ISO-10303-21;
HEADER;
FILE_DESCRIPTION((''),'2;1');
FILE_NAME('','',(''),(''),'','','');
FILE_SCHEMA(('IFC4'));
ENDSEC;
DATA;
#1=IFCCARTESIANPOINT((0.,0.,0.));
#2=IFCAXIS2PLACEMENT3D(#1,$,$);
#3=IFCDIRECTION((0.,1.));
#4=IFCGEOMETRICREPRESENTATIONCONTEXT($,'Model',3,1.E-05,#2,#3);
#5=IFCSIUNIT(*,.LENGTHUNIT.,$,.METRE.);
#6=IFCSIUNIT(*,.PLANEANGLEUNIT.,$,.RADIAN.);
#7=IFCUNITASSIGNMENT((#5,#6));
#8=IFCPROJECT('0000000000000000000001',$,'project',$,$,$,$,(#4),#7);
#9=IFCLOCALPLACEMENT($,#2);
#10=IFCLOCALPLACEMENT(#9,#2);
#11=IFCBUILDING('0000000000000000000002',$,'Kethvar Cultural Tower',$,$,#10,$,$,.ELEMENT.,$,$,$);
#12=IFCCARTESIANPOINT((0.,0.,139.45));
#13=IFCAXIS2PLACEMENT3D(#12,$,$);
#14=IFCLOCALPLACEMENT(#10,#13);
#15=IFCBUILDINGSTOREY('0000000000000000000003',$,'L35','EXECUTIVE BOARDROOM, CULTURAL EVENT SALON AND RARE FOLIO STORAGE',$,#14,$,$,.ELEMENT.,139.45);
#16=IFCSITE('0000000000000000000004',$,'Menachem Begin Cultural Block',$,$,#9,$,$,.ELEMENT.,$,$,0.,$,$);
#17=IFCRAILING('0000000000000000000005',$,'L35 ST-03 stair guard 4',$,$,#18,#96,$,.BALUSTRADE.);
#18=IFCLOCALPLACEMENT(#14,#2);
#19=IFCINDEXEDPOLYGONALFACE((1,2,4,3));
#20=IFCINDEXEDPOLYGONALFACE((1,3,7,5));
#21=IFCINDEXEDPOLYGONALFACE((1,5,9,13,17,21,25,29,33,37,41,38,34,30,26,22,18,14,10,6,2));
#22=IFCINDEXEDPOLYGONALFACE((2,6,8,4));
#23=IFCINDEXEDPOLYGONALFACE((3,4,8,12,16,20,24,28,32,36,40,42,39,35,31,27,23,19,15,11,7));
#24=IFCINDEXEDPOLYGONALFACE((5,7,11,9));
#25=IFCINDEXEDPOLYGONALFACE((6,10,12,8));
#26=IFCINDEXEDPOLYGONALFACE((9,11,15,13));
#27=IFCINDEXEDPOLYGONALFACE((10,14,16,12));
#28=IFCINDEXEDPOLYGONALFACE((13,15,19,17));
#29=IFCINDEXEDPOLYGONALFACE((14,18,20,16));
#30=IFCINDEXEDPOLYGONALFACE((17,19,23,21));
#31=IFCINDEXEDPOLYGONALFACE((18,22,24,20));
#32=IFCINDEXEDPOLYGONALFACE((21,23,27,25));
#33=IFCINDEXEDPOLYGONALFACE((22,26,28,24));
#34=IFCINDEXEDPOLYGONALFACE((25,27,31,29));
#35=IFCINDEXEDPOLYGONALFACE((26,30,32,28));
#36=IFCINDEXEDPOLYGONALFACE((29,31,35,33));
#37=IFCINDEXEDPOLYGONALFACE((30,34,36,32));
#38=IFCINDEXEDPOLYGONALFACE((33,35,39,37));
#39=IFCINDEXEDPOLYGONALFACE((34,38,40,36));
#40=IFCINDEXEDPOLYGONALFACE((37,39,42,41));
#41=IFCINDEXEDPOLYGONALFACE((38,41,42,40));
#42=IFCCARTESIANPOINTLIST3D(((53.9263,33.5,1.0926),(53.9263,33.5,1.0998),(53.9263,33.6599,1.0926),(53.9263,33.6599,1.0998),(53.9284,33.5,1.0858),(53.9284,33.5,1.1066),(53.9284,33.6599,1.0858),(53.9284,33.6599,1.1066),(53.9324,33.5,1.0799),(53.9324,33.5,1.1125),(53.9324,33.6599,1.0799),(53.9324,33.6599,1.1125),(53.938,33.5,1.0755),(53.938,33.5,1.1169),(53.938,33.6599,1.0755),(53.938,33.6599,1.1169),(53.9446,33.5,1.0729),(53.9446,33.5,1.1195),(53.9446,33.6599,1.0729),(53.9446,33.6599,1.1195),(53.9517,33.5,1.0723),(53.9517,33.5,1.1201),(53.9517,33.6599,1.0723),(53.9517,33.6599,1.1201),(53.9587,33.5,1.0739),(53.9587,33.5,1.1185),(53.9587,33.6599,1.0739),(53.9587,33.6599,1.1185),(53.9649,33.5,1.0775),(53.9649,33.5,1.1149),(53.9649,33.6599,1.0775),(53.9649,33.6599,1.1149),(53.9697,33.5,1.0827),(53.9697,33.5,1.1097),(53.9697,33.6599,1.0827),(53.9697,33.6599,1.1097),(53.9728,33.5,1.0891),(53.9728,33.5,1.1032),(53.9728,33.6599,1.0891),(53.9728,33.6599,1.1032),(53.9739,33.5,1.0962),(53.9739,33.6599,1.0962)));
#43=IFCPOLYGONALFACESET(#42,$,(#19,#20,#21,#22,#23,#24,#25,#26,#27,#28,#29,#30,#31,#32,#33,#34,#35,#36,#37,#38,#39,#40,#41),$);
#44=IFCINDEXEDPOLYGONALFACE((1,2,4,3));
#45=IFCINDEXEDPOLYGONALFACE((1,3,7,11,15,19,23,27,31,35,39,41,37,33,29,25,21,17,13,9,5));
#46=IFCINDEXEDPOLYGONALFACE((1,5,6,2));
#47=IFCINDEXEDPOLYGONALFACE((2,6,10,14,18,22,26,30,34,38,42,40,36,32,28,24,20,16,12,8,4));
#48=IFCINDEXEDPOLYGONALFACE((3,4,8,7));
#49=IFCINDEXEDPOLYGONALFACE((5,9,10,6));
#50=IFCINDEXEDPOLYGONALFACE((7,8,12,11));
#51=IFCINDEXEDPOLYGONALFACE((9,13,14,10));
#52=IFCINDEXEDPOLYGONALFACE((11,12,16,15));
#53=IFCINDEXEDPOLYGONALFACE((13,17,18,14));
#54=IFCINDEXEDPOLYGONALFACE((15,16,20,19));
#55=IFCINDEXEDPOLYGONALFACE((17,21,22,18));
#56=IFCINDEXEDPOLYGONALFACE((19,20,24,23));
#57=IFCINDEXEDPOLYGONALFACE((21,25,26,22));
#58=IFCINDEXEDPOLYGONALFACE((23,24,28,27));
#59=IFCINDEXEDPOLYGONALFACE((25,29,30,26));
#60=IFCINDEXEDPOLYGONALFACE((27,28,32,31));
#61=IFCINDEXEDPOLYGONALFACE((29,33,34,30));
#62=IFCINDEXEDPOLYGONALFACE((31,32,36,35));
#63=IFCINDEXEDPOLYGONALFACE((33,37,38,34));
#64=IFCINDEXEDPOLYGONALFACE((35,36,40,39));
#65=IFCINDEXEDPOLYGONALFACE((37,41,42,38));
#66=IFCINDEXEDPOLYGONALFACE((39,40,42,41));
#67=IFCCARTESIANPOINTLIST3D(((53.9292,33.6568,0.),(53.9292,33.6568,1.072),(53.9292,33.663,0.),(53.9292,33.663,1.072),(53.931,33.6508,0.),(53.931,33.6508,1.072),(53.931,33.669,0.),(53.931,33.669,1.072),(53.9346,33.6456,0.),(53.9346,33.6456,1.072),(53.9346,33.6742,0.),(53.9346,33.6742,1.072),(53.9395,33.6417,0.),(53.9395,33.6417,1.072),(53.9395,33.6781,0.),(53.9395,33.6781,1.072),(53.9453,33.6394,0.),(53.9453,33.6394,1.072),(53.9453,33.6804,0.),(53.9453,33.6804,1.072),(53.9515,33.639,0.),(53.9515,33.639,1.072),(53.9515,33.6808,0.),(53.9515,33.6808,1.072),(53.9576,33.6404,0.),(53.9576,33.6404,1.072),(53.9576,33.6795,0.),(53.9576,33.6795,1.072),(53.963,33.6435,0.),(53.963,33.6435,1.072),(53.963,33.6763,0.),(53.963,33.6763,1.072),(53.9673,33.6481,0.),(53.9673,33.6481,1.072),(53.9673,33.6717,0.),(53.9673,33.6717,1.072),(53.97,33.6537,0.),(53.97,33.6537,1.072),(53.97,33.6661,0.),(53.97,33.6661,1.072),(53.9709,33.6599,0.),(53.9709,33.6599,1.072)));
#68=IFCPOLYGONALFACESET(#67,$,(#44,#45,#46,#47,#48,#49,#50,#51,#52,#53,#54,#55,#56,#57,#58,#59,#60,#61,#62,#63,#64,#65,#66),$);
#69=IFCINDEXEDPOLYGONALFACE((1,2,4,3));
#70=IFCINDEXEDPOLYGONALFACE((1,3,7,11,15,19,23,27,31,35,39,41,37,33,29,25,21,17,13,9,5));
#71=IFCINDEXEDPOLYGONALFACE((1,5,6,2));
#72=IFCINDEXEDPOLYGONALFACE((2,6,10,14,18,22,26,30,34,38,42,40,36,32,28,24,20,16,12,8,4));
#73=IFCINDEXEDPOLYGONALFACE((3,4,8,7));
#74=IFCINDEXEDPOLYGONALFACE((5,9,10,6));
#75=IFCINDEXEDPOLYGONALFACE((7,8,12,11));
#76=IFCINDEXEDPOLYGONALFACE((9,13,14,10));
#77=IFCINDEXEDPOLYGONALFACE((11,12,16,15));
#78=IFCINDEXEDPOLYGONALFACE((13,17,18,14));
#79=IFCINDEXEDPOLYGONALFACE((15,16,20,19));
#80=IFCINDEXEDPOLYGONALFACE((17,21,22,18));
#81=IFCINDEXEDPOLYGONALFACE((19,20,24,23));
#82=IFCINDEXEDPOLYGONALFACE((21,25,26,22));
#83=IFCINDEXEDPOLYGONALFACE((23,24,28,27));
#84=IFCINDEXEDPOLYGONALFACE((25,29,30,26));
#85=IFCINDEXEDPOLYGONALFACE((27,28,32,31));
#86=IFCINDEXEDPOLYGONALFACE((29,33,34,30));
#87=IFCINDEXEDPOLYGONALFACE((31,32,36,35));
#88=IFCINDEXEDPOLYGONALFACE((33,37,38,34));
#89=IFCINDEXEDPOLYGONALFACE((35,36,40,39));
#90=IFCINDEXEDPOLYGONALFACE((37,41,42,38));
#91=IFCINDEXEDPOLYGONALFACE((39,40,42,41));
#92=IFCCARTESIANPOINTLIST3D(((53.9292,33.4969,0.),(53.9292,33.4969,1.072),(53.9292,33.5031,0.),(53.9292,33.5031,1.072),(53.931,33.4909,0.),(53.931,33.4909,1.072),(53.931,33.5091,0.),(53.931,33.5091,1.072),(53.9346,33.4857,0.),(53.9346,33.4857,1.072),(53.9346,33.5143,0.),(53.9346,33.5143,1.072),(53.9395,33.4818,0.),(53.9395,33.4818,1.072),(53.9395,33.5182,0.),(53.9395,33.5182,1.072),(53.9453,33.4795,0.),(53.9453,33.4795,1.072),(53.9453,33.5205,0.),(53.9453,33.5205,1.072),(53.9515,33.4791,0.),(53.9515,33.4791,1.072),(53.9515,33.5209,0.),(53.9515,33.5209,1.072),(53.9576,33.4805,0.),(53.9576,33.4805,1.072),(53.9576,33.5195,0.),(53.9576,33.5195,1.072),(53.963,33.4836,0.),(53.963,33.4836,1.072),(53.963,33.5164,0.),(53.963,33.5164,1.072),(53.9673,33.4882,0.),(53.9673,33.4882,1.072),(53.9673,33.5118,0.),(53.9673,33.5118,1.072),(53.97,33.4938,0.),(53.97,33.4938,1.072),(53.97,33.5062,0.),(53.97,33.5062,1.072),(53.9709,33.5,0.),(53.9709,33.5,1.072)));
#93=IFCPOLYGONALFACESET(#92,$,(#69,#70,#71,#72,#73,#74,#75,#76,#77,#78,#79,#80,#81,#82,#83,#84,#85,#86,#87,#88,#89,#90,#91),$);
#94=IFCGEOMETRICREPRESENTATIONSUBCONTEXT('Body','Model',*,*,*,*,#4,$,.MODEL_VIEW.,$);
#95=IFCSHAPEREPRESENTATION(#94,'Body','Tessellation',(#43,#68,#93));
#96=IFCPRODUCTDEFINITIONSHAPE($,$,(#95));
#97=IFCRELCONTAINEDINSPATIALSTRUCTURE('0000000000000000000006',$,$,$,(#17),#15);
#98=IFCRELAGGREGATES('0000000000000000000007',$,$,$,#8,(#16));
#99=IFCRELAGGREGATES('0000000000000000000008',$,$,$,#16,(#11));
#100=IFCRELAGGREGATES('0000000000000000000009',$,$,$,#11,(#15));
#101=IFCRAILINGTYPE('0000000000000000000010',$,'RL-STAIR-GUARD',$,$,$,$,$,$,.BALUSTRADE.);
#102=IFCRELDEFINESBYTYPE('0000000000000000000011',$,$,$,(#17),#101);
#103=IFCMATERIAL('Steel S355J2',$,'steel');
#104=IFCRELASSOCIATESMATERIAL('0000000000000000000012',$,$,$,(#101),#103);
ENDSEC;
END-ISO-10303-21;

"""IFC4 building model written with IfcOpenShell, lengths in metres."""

from ifc_helpers import new_model, si_unit, direction, frame, origin, origin_2d, place, context, subcontext, project, spatial, circle, extrude, material, type_object, element, save


model = new_model("IFC4")

# Units and contexts
model_context = context("Model", 3, precision=1e-05, world=origin(), true_north=direction((0.0, 1.0)))
body_context = subcontext(model_context, "Body", "Model", "MODEL_VIEW")
ifc_project = project(units=[si_unit("LENGTHUNIT", "METRE"), si_unit("PLANEANGLEUNIT", "RADIAN")], contexts=[model_context])

# Site, building, storey
site_placement = place(None, origin())
site = spatial("IfcSite", under=ifc_project, at=site_placement, Name="Menachem Begin Cultural Block", CompositionType="ELEMENT", RefElevation=0.0)
building_placement = place(site_placement, origin())
building = spatial("IfcBuilding", under=site, at=building_placement, Name="Kethvar Cultural Tower", CompositionType="ELEMENT")
storey_placement = place(building_placement, frame((0.0, 0.0, 139.45)))
storey = spatial("IfcBuildingStorey", under=building, at=storey_placement, Name="L35", Description="EXECUTIVE BOARDROOM, CULTURAL EVENT SALON AND RARE FOLIO STORAGE", CompositionType="ELEMENT", Elevation=139.45)

# Shared definitions
ifc_material_1 = material(Name="Steel S355J2", Category="steel")

# Railing
railing_type_1 = type_object("IfcRailingType", Name="RL-STAIR-GUARD", PredefinedType="BALUSTRADE", material=ifc_material_1)
railing_1_placement = place(storey_placement, frame((53.95, 33.6599, 0.0)))
element("IfcRailing", 1, at=railing_1_placement, inside=storey, type_object=railing_type_1, Name="L35 ST-03 stair guard 4", PredefinedType="BALUSTRADE", context=body_context, shape_type="SweptSolid", body=[
    extrude(circle(Radius=0.0239, at=origin_2d()), frame((0.0, 0.0, 1.0962), z_axis=(0.0, -1.0, 0.0), x_axis=(1.0, 0.0, 0.0)), (0.0, 0.0, 1.0), 0.1599),
    extrude(circle(Radius=0.021, at=origin_2d()), origin(), (0.0, 0.0, 1.0), 1.072),
    extrude(circle(Radius=0.021, at=origin_2d()), frame((0.0, -0.1599, 0.0)), (0.0, 0.0, 1.0), 1.072),
])

save(model, "model.ifc")
